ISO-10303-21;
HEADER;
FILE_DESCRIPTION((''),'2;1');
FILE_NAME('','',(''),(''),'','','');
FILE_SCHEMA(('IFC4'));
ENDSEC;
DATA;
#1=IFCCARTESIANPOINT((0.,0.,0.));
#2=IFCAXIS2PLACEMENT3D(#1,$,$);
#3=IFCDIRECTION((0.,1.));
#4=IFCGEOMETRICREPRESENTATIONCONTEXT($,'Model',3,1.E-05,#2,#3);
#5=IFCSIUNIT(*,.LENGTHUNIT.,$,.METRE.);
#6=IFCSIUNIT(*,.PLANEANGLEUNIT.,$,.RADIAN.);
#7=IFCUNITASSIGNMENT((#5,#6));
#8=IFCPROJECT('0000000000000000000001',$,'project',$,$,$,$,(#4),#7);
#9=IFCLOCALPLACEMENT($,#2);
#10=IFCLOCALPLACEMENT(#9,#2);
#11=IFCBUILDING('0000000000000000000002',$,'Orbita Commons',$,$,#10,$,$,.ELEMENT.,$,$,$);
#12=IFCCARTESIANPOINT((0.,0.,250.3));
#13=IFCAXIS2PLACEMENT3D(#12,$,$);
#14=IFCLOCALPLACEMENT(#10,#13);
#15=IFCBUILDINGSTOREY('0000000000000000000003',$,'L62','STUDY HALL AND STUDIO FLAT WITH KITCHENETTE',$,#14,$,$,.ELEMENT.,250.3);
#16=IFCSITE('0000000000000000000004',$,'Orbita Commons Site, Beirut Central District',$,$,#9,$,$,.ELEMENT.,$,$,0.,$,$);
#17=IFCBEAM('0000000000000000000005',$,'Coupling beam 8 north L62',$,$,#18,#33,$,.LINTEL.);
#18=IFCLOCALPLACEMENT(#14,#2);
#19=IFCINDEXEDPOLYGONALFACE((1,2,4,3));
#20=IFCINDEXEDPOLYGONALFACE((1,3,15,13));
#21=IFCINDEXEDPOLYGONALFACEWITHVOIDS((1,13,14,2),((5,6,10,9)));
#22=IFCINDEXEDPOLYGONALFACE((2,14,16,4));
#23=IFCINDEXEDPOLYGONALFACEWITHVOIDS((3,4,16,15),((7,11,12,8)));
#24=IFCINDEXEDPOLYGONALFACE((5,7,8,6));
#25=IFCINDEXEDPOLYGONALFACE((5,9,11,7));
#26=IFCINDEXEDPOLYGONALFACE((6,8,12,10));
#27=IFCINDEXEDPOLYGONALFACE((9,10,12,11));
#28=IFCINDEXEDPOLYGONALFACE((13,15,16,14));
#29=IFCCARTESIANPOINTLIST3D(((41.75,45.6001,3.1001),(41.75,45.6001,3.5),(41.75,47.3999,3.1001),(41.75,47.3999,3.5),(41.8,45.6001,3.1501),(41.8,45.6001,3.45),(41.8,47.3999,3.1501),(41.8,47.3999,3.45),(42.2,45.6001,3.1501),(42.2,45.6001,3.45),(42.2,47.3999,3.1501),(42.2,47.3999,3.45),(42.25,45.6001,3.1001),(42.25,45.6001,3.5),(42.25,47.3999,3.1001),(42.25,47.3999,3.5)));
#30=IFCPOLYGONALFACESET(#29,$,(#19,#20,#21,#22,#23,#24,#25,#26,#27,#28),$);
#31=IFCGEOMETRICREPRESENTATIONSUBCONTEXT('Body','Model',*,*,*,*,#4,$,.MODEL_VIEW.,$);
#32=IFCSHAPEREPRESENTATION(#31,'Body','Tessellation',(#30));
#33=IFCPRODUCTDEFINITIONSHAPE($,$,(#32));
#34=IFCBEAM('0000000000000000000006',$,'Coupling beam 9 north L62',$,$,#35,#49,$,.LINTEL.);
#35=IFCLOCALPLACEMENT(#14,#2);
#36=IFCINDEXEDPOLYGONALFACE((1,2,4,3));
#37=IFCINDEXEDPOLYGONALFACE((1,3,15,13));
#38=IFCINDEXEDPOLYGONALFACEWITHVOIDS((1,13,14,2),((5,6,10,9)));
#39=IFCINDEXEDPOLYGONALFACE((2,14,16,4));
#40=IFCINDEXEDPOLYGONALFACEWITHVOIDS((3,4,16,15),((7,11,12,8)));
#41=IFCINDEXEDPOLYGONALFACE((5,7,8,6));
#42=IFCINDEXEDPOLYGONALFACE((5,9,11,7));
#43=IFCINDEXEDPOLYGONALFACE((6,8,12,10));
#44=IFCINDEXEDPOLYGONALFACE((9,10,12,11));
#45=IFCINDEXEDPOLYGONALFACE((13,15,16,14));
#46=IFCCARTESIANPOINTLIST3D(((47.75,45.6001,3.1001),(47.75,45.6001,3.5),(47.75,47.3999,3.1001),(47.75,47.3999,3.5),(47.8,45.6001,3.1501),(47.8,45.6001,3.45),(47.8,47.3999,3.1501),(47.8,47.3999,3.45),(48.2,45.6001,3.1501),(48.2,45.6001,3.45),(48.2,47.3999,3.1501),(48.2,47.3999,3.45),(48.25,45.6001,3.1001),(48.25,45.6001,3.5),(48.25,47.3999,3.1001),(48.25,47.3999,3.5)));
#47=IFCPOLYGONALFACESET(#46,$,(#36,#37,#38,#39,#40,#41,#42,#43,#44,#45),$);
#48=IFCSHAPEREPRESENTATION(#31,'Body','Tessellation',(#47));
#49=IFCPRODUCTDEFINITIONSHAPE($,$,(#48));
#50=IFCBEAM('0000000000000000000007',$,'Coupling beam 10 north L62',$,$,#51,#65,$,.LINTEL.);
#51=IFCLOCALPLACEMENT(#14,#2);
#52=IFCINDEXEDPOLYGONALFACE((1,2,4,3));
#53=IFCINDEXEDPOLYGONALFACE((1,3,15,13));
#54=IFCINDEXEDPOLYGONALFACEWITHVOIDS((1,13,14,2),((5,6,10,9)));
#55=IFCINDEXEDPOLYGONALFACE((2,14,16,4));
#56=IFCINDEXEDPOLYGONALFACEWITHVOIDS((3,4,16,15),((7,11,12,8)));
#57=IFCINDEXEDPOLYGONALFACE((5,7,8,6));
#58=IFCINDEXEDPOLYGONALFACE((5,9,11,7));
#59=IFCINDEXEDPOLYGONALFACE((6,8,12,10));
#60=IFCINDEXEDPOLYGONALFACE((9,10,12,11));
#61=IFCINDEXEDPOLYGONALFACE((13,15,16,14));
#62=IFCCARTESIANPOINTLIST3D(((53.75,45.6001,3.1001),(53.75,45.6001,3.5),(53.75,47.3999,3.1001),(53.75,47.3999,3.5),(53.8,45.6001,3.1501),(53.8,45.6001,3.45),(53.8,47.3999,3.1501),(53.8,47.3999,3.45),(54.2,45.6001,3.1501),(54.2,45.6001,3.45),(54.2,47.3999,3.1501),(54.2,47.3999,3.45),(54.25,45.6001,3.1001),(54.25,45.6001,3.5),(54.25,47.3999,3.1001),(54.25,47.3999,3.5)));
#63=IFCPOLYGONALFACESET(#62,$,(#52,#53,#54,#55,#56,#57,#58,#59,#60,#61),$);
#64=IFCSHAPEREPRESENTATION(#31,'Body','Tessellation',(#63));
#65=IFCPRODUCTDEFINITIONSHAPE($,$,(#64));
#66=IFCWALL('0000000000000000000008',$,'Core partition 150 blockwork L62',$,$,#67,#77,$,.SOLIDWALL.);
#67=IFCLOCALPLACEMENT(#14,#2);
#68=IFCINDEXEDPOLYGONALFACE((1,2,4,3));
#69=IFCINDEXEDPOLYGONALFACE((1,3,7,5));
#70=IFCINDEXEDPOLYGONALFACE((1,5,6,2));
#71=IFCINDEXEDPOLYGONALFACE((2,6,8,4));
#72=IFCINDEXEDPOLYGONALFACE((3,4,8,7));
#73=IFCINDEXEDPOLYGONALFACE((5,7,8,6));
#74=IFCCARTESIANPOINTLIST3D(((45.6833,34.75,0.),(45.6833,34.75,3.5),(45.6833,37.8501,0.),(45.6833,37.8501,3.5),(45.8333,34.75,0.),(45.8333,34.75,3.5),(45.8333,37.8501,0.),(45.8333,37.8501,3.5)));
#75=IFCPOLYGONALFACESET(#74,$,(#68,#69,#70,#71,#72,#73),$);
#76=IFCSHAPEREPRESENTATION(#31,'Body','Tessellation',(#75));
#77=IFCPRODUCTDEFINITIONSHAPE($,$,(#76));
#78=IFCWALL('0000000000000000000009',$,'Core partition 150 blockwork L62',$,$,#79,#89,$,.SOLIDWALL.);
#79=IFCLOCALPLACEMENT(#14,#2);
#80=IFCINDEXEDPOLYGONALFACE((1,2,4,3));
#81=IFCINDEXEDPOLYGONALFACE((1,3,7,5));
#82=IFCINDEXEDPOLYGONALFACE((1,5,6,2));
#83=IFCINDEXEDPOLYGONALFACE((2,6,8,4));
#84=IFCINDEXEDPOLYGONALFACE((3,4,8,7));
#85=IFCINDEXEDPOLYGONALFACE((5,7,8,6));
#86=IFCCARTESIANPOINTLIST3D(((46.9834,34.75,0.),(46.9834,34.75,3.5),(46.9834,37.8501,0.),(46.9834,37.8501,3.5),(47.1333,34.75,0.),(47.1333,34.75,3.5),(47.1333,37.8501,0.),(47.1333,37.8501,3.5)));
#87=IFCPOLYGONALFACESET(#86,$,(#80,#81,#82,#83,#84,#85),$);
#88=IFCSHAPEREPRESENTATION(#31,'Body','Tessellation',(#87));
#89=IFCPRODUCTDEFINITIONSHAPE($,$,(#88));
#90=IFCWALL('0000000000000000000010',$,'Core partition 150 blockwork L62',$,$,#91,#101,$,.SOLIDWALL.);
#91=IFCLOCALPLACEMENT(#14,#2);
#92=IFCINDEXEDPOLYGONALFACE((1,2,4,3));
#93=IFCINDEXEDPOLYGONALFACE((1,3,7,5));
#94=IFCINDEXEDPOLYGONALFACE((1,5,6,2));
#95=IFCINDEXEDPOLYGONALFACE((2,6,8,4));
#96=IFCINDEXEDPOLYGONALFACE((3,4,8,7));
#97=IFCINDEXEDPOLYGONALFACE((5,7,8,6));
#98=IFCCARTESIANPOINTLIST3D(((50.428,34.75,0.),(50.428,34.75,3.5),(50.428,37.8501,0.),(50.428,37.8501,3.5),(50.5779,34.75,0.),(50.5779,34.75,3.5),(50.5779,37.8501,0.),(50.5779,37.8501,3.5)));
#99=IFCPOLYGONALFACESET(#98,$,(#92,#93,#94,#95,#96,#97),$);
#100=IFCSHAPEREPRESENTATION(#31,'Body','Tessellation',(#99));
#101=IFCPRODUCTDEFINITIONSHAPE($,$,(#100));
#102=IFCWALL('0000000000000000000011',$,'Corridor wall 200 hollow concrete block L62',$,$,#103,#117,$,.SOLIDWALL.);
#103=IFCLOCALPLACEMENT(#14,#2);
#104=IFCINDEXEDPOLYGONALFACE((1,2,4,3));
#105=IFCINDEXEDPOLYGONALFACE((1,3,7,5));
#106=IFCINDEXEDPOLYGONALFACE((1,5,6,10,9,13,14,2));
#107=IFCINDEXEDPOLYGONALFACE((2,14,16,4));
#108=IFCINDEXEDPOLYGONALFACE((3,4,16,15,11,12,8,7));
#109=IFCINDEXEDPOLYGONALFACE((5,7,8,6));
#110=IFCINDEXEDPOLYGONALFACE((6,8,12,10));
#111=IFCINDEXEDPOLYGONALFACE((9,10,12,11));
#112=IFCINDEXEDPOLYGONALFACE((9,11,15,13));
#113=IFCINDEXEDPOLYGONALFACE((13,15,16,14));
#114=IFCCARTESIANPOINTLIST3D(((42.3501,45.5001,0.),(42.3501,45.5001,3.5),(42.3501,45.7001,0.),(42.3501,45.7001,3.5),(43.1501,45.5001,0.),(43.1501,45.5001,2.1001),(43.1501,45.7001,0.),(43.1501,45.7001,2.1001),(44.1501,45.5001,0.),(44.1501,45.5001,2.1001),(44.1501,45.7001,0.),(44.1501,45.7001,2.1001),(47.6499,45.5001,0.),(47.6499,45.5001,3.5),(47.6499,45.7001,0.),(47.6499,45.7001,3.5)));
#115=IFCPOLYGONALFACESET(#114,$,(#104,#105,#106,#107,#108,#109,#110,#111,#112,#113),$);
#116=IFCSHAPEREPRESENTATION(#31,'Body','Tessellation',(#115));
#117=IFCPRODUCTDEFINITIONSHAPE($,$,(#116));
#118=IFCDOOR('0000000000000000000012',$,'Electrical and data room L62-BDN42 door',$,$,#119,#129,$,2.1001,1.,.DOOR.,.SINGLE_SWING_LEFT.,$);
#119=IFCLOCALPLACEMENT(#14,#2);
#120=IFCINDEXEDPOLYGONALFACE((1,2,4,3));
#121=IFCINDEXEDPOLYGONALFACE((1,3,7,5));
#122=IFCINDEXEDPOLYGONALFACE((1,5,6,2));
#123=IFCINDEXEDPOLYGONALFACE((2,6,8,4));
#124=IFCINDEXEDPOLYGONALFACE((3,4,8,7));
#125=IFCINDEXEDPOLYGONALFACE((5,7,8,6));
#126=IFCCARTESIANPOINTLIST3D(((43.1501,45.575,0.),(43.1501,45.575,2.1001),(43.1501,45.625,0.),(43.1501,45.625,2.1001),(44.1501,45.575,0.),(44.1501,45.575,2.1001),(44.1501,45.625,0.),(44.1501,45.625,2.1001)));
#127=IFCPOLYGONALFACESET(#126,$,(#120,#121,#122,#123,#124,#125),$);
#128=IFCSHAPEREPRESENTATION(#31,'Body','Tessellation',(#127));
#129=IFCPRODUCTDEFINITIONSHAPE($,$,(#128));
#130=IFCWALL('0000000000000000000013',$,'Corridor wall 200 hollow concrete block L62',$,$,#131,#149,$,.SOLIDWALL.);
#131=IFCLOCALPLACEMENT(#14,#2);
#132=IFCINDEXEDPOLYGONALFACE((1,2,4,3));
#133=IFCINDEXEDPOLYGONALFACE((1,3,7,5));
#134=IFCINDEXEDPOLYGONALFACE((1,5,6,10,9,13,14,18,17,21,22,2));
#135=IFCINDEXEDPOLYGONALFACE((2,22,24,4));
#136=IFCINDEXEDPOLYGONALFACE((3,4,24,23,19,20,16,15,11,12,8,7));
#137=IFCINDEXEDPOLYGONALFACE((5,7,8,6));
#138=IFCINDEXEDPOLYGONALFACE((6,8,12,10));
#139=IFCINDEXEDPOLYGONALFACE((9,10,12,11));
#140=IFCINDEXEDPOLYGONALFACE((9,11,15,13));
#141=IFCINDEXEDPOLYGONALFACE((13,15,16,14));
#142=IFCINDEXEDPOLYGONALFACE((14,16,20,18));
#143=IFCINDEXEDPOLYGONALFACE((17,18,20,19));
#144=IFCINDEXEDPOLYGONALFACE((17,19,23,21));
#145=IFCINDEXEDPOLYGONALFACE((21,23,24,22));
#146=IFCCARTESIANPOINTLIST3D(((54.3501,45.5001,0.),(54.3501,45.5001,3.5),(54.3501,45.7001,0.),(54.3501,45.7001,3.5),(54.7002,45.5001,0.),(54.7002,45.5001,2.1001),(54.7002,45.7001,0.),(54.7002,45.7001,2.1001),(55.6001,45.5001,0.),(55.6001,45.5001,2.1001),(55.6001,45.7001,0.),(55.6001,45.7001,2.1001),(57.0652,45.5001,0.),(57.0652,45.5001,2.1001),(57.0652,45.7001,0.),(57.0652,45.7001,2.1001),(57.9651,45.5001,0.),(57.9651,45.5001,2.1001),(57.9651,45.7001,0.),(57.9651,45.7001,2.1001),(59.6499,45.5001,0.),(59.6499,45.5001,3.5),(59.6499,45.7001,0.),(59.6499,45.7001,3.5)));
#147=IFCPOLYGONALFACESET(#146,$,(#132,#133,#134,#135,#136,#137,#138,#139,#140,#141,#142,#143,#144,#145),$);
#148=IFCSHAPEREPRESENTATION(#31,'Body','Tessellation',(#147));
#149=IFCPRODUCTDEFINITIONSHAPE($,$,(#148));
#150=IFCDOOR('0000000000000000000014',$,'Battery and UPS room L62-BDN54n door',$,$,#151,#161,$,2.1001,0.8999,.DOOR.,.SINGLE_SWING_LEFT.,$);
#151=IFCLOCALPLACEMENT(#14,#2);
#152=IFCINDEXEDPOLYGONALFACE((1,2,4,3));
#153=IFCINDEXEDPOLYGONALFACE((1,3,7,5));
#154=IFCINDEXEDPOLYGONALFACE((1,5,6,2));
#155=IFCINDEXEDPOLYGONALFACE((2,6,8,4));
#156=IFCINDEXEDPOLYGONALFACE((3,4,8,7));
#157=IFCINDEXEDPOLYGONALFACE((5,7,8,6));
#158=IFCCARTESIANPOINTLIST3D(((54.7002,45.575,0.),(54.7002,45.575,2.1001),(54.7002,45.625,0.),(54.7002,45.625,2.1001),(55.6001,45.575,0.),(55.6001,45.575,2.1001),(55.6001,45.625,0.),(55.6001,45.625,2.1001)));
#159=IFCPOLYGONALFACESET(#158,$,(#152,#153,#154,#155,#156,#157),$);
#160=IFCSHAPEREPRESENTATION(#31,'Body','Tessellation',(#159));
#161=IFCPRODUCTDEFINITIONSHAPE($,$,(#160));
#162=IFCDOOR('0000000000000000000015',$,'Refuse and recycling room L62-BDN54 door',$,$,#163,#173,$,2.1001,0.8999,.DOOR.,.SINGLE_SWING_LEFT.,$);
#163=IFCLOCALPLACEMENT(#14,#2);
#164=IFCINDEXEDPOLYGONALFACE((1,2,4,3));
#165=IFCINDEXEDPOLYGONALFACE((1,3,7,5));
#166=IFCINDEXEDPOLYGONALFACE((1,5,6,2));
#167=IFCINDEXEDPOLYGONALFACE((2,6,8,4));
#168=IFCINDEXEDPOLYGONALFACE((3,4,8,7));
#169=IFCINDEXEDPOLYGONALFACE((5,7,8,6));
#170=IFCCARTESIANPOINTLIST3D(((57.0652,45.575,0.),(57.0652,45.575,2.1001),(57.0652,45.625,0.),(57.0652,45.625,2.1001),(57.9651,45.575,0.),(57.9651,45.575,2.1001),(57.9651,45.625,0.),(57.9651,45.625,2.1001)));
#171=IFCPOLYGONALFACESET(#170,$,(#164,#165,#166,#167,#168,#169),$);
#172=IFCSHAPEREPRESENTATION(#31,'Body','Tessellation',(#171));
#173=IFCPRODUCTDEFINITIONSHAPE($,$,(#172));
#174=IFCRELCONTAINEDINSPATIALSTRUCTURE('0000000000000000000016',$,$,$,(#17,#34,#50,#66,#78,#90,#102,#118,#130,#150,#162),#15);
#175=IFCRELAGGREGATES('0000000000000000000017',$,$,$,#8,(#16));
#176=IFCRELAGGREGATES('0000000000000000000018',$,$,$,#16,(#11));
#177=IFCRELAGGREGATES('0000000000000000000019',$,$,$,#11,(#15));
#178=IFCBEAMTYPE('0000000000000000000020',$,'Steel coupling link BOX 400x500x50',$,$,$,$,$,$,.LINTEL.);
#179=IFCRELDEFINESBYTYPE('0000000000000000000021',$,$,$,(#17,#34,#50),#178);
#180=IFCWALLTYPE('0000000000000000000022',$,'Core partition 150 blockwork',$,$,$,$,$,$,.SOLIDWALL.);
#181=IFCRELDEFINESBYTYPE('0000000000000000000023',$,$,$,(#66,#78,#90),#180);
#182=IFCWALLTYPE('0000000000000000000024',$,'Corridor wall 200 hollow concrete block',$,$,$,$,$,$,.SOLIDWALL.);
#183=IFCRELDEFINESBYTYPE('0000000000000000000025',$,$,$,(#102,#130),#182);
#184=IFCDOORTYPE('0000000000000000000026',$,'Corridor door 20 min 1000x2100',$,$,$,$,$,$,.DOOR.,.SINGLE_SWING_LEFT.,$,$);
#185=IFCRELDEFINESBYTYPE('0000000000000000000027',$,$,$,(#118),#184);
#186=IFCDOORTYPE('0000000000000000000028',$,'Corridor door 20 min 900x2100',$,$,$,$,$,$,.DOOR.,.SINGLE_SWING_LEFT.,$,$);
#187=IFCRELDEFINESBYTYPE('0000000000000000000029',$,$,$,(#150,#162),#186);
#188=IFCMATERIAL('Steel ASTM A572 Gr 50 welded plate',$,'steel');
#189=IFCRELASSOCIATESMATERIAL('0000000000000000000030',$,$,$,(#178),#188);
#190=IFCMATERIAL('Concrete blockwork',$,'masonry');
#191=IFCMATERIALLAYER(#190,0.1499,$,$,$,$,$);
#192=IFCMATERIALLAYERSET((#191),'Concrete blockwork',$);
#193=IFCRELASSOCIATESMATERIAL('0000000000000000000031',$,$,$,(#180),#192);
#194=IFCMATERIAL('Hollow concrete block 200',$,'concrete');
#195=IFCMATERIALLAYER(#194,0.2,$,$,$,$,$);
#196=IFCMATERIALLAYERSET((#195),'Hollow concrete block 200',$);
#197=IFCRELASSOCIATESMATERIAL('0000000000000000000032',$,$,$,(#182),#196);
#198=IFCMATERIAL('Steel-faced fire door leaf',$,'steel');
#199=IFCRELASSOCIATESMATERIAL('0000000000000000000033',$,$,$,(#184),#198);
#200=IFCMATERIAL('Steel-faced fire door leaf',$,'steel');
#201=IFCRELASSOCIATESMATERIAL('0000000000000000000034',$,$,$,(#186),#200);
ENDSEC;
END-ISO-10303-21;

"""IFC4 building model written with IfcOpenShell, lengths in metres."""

from ifc_helpers import new_model, si_unit, direction, frame, frame_2d, origin, origin_2d, place, context, subcontext, project, spatial, rectangle, hollow_rectangle, extrude, material, layer, layer_set, material_profile, profile_set, type_object, element, fill, save


model = new_model("IFC4")

# Units and contexts
model_context = context("Model", 3, precision=1e-05, world=origin(), true_north=direction((0.0, 1.0)))
body_context = subcontext(model_context, "Body", "Model", "MODEL_VIEW")
ifc_project = project(units=[si_unit("LENGTHUNIT", "METRE"), si_unit("PLANEANGLEUNIT", "RADIAN")], contexts=[model_context])

# Site, building, storey
site_placement = place(None, origin())
site = spatial("IfcSite", under=ifc_project, at=site_placement, Name="Orbita Commons Site, Beirut Central District", CompositionType="ELEMENT", RefElevation=0.0)
building_placement = place(site_placement, origin())
building = spatial("IfcBuilding", under=site, at=building_placement, Name="Orbita Commons", CompositionType="ELEMENT")
storey_placement = place(building_placement, frame((0.0, 0.0, 250.3)))
storey = spatial("IfcBuildingStorey", under=building, at=storey_placement, Name="L62", Description="STUDY HALL AND STUDIO FLAT WITH KITCHENETTE", CompositionType="ELEMENT", Elevation=250.3)

# Beams
ifc_material_1 = material(Name="Steel ASTM A572 Gr 50 welded plate", Category="steel")
ifc_material_profile = material_profile(ifc_material_1, hollow_rectangle(XDim=0.5, YDim=0.3999, WallThickness=0.05, at=origin_2d()), Name="BOX 400x500x50")
ifc_profile_set = profile_set([ifc_material_profile], Name="Steel ASTM A572 Gr 50 welded plate")
beam_type = type_object("IfcBeamType", Name="Steel coupling link BOX 400x500x50", PredefinedType="LINTEL", material=ifc_profile_set)
for number, where, z_axis, x_axis, name in (
    (1, (42.0, 45.6001, 3.3), (0.0, 1.0, 0.0), (-1.0, 0.0, 0.0), "Coupling beam 8 north L62"),
    (2, (48.0, 45.6001, 3.3), (0.0, 1.0, 0.0), (-1.0, 0.0, 0.0), "Coupling beam 9 north L62"),
    (3, (54.0, 45.6001, 3.3), (0.0, 1.0, 0.0), (-1.0, 0.0, 0.0), "Coupling beam 10 north L62"),
):
    element("IfcBeam", number, at=place(storey_placement, frame(where, z_axis=z_axis, x_axis=x_axis)), inside=storey, type_object=beam_type, Name=name, PredefinedType="LINTEL", context=body_context, shape_type="SweptSolid", body=[
        extrude(hollow_rectangle(XDim=0.5, YDim=0.3999, WallThickness=0.05, at=origin_2d()), origin(), (0.0, 0.0, 1.0), 1.7998),
    ])

# Walls
ifc_material_2 = material(Name="Concrete blockwork", Category="masonry")
ifc_layer_1 = layer(ifc_material_2, 0.1499)
ifc_layer_set_1 = layer_set([ifc_layer_1], Name="Concrete blockwork")
wall_type_1 = type_object("IfcWallType", Name="Core partition 150 blockwork", PredefinedType="SOLIDWALL", material=ifc_layer_set_1)
for number, where, z_axis, x_axis, name in (
    (4, (45.7583, 34.75, 0.0), (0.0, 0.0, 1.0), (0.0, 1.0, 0.0), "Core partition 150 blockwork L62"),
    (5, (47.0583, 34.75, 0.0), (0.0, 0.0, 1.0), (0.0, 1.0, 0.0), "Core partition 150 blockwork L62"),
    (6, (50.5029, 34.75, 0.0), (0.0, 0.0, 1.0), (0.0, 1.0, 0.0), "Core partition 150 blockwork L62"),
):
    element("IfcWall", number, at=place(storey_placement, frame(where, z_axis=z_axis, x_axis=x_axis)), inside=storey, type_object=wall_type_1, Name=name, PredefinedType="SOLIDWALL", context=body_context, shape_type="SweptSolid", body=[
        extrude(rectangle(XDim=3.1001, YDim=0.1499, at=frame_2d((1.55, 0.0))), origin(), (0.0, 0.0, 1.0), 3.5),
    ])

# Wall, opening, door
ifc_material_3 = material(Name="Hollow concrete block 200", Category="concrete")
ifc_layer_2 = layer(ifc_material_3, 0.2)
ifc_layer_set_2 = layer_set([ifc_layer_2], Name="Hollow concrete block 200")
wall_type_2 = type_object("IfcWallType", Name="Corridor wall 200 hollow concrete block", PredefinedType="SOLIDWALL", material=ifc_layer_set_2)
wall_1_placement = place(storey_placement, frame((42.3501, 45.6001, 0.0), z_axis=(0.0, 0.0, 1.0), x_axis=(1.0, 0.0, 0.0)))
wall_1 = element("IfcWall", 7, at=wall_1_placement, inside=storey, type_object=wall_type_2, Name="Corridor wall 200 hollow concrete block L62", PredefinedType="SOLIDWALL", context=body_context, shape_type="SweptSolid", body=[
    extrude(rectangle(XDim=5.2998, YDim=0.2, at=frame_2d((2.6499, 0.0))), origin(), (0.0, 0.0, 1.0), 3.5),
])
opening_1_placement = place(wall_1_placement, frame((0.8, 0.0, 0.0)))
opening_1 = element("IfcOpeningElement", 8, at=opening_1_placement, cuts=wall_1, PredefinedType="OPENING", context=body_context, shape_type="SweptSolid", body=[
    extrude(rectangle(XDim=1.0, YDim=2.1001, at=frame_2d((0.5, 1.05))), frame((0.0, 0.1099, 0.0), z_axis=(0.0, -1.0, 0.0), x_axis=(1.0, 0.0, 0.0)), (0.0, 0.0, 1.0), 0.22),
])
ifc_material_4 = material(Name="Steel-faced fire door leaf", Category="steel")
door_type_1 = type_object("IfcDoorType", Name="Corridor door 20 min 1000x2100", OperationType="SINGLE_SWING_LEFT", PredefinedType="DOOR", material=ifc_material_4)
door_1_placement = place(opening_1_placement, origin())
door_1 = element("IfcDoor", 9, at=door_1_placement, inside=storey, type_object=door_type_1, Name="Electrical and data room L62-BDN42 door", OperationType="SINGLE_SWING_LEFT", OverallHeight=2.1001, OverallWidth=1.0, PredefinedType="DOOR", context=body_context, shape_type="SweptSolid", body=[
    extrude(rectangle(XDim=1.0, YDim=2.1001, at=frame_2d((0.5, 1.05))), frame((0.0, 0.0249, 0.0), z_axis=(0.0, -1.0, 0.0), x_axis=(1.0, 0.0, 0.0)), (0.0, 0.0, 1.0), 0.05),
])
fill(opening_1, door_1)

# Wall, openings, doors
wall_2_placement = place(storey_placement, frame((54.3501, 45.6001, 0.0), z_axis=(0.0, 0.0, 1.0), x_axis=(1.0, 0.0, 0.0)))
wall_2 = element("IfcWall", 10, at=wall_2_placement, inside=storey, type_object=wall_type_2, Name="Corridor wall 200 hollow concrete block L62", PredefinedType="SOLIDWALL", context=body_context, shape_type="SweptSolid", body=[
    extrude(rectangle(XDim=5.2998, YDim=0.2, at=frame_2d((2.6499, 0.0))), origin(), (0.0, 0.0, 1.0), 3.5),
])
opening_2_placement = place(wall_2_placement, frame((0.3501, 0.0, 0.0)))
opening_2 = element("IfcOpeningElement", 11, at=opening_2_placement, cuts=wall_2, PredefinedType="OPENING", context=body_context, shape_type="SweptSolid", body=[
    extrude(rectangle(XDim=0.8999, YDim=2.1001, at=frame_2d((0.45, 1.05))), frame((0.0, 0.1099, 0.0), z_axis=(0.0, -1.0, 0.0), x_axis=(1.0, 0.0, 0.0)), (0.0, 0.0, 1.0), 0.22),
])
opening_3_placement = place(wall_2_placement, frame((2.7151, 0.0, 0.0)))
opening_3 = element("IfcOpeningElement", 12, at=opening_3_placement, cuts=wall_2, PredefinedType="OPENING", context=body_context, shape_type="SweptSolid", body=[
    extrude(rectangle(XDim=0.8999, YDim=2.1001, at=frame_2d((0.45, 1.05))), frame((0.0, 0.1099, 0.0), z_axis=(0.0, -1.0, 0.0), x_axis=(1.0, 0.0, 0.0)), (0.0, 0.0, 1.0), 0.22),
])
ifc_material_5 = material(Name="Steel-faced fire door leaf", Category="steel")
door_type_2 = type_object("IfcDoorType", Name="Corridor door 20 min 900x2100", OperationType="SINGLE_SWING_LEFT", PredefinedType="DOOR", material=ifc_material_5)
door_2_placement = place(opening_2_placement, origin())
door_2 = element("IfcDoor", 13, at=door_2_placement, inside=storey, type_object=door_type_2, Name="Battery and UPS room L62-BDN54n door", OperationType="SINGLE_SWING_LEFT", OverallHeight=2.1001, OverallWidth=0.8999, PredefinedType="DOOR", context=body_context, shape_type="SweptSolid", body=[
    extrude(rectangle(XDim=0.8999, YDim=2.1001, at=frame_2d((0.45, 1.05))), frame((0.0, 0.0249, 0.0), z_axis=(0.0, -1.0, 0.0), x_axis=(1.0, 0.0, 0.0)), (0.0, 0.0, 1.0), 0.05),
])
fill(opening_2, door_2)
door_3_placement = place(opening_3_placement, origin())
door_3 = element("IfcDoor", 14, at=door_3_placement, inside=storey, type_object=door_type_2, Name="Refuse and recycling room L62-BDN54 door", OperationType="SINGLE_SWING_LEFT", OverallHeight=2.1001, OverallWidth=0.8999, PredefinedType="DOOR", context=body_context, shape_type="SweptSolid", body=[
    extrude(rectangle(XDim=0.8999, YDim=2.1001, at=frame_2d((0.45, 1.05))), frame((0.0, 0.0249, 0.0), z_axis=(0.0, -1.0, 0.0), x_axis=(1.0, 0.0, 0.0)), (0.0, 0.0, 1.0), 0.05),
])
fill(opening_3, door_3)

save(model, "model.ifc")
